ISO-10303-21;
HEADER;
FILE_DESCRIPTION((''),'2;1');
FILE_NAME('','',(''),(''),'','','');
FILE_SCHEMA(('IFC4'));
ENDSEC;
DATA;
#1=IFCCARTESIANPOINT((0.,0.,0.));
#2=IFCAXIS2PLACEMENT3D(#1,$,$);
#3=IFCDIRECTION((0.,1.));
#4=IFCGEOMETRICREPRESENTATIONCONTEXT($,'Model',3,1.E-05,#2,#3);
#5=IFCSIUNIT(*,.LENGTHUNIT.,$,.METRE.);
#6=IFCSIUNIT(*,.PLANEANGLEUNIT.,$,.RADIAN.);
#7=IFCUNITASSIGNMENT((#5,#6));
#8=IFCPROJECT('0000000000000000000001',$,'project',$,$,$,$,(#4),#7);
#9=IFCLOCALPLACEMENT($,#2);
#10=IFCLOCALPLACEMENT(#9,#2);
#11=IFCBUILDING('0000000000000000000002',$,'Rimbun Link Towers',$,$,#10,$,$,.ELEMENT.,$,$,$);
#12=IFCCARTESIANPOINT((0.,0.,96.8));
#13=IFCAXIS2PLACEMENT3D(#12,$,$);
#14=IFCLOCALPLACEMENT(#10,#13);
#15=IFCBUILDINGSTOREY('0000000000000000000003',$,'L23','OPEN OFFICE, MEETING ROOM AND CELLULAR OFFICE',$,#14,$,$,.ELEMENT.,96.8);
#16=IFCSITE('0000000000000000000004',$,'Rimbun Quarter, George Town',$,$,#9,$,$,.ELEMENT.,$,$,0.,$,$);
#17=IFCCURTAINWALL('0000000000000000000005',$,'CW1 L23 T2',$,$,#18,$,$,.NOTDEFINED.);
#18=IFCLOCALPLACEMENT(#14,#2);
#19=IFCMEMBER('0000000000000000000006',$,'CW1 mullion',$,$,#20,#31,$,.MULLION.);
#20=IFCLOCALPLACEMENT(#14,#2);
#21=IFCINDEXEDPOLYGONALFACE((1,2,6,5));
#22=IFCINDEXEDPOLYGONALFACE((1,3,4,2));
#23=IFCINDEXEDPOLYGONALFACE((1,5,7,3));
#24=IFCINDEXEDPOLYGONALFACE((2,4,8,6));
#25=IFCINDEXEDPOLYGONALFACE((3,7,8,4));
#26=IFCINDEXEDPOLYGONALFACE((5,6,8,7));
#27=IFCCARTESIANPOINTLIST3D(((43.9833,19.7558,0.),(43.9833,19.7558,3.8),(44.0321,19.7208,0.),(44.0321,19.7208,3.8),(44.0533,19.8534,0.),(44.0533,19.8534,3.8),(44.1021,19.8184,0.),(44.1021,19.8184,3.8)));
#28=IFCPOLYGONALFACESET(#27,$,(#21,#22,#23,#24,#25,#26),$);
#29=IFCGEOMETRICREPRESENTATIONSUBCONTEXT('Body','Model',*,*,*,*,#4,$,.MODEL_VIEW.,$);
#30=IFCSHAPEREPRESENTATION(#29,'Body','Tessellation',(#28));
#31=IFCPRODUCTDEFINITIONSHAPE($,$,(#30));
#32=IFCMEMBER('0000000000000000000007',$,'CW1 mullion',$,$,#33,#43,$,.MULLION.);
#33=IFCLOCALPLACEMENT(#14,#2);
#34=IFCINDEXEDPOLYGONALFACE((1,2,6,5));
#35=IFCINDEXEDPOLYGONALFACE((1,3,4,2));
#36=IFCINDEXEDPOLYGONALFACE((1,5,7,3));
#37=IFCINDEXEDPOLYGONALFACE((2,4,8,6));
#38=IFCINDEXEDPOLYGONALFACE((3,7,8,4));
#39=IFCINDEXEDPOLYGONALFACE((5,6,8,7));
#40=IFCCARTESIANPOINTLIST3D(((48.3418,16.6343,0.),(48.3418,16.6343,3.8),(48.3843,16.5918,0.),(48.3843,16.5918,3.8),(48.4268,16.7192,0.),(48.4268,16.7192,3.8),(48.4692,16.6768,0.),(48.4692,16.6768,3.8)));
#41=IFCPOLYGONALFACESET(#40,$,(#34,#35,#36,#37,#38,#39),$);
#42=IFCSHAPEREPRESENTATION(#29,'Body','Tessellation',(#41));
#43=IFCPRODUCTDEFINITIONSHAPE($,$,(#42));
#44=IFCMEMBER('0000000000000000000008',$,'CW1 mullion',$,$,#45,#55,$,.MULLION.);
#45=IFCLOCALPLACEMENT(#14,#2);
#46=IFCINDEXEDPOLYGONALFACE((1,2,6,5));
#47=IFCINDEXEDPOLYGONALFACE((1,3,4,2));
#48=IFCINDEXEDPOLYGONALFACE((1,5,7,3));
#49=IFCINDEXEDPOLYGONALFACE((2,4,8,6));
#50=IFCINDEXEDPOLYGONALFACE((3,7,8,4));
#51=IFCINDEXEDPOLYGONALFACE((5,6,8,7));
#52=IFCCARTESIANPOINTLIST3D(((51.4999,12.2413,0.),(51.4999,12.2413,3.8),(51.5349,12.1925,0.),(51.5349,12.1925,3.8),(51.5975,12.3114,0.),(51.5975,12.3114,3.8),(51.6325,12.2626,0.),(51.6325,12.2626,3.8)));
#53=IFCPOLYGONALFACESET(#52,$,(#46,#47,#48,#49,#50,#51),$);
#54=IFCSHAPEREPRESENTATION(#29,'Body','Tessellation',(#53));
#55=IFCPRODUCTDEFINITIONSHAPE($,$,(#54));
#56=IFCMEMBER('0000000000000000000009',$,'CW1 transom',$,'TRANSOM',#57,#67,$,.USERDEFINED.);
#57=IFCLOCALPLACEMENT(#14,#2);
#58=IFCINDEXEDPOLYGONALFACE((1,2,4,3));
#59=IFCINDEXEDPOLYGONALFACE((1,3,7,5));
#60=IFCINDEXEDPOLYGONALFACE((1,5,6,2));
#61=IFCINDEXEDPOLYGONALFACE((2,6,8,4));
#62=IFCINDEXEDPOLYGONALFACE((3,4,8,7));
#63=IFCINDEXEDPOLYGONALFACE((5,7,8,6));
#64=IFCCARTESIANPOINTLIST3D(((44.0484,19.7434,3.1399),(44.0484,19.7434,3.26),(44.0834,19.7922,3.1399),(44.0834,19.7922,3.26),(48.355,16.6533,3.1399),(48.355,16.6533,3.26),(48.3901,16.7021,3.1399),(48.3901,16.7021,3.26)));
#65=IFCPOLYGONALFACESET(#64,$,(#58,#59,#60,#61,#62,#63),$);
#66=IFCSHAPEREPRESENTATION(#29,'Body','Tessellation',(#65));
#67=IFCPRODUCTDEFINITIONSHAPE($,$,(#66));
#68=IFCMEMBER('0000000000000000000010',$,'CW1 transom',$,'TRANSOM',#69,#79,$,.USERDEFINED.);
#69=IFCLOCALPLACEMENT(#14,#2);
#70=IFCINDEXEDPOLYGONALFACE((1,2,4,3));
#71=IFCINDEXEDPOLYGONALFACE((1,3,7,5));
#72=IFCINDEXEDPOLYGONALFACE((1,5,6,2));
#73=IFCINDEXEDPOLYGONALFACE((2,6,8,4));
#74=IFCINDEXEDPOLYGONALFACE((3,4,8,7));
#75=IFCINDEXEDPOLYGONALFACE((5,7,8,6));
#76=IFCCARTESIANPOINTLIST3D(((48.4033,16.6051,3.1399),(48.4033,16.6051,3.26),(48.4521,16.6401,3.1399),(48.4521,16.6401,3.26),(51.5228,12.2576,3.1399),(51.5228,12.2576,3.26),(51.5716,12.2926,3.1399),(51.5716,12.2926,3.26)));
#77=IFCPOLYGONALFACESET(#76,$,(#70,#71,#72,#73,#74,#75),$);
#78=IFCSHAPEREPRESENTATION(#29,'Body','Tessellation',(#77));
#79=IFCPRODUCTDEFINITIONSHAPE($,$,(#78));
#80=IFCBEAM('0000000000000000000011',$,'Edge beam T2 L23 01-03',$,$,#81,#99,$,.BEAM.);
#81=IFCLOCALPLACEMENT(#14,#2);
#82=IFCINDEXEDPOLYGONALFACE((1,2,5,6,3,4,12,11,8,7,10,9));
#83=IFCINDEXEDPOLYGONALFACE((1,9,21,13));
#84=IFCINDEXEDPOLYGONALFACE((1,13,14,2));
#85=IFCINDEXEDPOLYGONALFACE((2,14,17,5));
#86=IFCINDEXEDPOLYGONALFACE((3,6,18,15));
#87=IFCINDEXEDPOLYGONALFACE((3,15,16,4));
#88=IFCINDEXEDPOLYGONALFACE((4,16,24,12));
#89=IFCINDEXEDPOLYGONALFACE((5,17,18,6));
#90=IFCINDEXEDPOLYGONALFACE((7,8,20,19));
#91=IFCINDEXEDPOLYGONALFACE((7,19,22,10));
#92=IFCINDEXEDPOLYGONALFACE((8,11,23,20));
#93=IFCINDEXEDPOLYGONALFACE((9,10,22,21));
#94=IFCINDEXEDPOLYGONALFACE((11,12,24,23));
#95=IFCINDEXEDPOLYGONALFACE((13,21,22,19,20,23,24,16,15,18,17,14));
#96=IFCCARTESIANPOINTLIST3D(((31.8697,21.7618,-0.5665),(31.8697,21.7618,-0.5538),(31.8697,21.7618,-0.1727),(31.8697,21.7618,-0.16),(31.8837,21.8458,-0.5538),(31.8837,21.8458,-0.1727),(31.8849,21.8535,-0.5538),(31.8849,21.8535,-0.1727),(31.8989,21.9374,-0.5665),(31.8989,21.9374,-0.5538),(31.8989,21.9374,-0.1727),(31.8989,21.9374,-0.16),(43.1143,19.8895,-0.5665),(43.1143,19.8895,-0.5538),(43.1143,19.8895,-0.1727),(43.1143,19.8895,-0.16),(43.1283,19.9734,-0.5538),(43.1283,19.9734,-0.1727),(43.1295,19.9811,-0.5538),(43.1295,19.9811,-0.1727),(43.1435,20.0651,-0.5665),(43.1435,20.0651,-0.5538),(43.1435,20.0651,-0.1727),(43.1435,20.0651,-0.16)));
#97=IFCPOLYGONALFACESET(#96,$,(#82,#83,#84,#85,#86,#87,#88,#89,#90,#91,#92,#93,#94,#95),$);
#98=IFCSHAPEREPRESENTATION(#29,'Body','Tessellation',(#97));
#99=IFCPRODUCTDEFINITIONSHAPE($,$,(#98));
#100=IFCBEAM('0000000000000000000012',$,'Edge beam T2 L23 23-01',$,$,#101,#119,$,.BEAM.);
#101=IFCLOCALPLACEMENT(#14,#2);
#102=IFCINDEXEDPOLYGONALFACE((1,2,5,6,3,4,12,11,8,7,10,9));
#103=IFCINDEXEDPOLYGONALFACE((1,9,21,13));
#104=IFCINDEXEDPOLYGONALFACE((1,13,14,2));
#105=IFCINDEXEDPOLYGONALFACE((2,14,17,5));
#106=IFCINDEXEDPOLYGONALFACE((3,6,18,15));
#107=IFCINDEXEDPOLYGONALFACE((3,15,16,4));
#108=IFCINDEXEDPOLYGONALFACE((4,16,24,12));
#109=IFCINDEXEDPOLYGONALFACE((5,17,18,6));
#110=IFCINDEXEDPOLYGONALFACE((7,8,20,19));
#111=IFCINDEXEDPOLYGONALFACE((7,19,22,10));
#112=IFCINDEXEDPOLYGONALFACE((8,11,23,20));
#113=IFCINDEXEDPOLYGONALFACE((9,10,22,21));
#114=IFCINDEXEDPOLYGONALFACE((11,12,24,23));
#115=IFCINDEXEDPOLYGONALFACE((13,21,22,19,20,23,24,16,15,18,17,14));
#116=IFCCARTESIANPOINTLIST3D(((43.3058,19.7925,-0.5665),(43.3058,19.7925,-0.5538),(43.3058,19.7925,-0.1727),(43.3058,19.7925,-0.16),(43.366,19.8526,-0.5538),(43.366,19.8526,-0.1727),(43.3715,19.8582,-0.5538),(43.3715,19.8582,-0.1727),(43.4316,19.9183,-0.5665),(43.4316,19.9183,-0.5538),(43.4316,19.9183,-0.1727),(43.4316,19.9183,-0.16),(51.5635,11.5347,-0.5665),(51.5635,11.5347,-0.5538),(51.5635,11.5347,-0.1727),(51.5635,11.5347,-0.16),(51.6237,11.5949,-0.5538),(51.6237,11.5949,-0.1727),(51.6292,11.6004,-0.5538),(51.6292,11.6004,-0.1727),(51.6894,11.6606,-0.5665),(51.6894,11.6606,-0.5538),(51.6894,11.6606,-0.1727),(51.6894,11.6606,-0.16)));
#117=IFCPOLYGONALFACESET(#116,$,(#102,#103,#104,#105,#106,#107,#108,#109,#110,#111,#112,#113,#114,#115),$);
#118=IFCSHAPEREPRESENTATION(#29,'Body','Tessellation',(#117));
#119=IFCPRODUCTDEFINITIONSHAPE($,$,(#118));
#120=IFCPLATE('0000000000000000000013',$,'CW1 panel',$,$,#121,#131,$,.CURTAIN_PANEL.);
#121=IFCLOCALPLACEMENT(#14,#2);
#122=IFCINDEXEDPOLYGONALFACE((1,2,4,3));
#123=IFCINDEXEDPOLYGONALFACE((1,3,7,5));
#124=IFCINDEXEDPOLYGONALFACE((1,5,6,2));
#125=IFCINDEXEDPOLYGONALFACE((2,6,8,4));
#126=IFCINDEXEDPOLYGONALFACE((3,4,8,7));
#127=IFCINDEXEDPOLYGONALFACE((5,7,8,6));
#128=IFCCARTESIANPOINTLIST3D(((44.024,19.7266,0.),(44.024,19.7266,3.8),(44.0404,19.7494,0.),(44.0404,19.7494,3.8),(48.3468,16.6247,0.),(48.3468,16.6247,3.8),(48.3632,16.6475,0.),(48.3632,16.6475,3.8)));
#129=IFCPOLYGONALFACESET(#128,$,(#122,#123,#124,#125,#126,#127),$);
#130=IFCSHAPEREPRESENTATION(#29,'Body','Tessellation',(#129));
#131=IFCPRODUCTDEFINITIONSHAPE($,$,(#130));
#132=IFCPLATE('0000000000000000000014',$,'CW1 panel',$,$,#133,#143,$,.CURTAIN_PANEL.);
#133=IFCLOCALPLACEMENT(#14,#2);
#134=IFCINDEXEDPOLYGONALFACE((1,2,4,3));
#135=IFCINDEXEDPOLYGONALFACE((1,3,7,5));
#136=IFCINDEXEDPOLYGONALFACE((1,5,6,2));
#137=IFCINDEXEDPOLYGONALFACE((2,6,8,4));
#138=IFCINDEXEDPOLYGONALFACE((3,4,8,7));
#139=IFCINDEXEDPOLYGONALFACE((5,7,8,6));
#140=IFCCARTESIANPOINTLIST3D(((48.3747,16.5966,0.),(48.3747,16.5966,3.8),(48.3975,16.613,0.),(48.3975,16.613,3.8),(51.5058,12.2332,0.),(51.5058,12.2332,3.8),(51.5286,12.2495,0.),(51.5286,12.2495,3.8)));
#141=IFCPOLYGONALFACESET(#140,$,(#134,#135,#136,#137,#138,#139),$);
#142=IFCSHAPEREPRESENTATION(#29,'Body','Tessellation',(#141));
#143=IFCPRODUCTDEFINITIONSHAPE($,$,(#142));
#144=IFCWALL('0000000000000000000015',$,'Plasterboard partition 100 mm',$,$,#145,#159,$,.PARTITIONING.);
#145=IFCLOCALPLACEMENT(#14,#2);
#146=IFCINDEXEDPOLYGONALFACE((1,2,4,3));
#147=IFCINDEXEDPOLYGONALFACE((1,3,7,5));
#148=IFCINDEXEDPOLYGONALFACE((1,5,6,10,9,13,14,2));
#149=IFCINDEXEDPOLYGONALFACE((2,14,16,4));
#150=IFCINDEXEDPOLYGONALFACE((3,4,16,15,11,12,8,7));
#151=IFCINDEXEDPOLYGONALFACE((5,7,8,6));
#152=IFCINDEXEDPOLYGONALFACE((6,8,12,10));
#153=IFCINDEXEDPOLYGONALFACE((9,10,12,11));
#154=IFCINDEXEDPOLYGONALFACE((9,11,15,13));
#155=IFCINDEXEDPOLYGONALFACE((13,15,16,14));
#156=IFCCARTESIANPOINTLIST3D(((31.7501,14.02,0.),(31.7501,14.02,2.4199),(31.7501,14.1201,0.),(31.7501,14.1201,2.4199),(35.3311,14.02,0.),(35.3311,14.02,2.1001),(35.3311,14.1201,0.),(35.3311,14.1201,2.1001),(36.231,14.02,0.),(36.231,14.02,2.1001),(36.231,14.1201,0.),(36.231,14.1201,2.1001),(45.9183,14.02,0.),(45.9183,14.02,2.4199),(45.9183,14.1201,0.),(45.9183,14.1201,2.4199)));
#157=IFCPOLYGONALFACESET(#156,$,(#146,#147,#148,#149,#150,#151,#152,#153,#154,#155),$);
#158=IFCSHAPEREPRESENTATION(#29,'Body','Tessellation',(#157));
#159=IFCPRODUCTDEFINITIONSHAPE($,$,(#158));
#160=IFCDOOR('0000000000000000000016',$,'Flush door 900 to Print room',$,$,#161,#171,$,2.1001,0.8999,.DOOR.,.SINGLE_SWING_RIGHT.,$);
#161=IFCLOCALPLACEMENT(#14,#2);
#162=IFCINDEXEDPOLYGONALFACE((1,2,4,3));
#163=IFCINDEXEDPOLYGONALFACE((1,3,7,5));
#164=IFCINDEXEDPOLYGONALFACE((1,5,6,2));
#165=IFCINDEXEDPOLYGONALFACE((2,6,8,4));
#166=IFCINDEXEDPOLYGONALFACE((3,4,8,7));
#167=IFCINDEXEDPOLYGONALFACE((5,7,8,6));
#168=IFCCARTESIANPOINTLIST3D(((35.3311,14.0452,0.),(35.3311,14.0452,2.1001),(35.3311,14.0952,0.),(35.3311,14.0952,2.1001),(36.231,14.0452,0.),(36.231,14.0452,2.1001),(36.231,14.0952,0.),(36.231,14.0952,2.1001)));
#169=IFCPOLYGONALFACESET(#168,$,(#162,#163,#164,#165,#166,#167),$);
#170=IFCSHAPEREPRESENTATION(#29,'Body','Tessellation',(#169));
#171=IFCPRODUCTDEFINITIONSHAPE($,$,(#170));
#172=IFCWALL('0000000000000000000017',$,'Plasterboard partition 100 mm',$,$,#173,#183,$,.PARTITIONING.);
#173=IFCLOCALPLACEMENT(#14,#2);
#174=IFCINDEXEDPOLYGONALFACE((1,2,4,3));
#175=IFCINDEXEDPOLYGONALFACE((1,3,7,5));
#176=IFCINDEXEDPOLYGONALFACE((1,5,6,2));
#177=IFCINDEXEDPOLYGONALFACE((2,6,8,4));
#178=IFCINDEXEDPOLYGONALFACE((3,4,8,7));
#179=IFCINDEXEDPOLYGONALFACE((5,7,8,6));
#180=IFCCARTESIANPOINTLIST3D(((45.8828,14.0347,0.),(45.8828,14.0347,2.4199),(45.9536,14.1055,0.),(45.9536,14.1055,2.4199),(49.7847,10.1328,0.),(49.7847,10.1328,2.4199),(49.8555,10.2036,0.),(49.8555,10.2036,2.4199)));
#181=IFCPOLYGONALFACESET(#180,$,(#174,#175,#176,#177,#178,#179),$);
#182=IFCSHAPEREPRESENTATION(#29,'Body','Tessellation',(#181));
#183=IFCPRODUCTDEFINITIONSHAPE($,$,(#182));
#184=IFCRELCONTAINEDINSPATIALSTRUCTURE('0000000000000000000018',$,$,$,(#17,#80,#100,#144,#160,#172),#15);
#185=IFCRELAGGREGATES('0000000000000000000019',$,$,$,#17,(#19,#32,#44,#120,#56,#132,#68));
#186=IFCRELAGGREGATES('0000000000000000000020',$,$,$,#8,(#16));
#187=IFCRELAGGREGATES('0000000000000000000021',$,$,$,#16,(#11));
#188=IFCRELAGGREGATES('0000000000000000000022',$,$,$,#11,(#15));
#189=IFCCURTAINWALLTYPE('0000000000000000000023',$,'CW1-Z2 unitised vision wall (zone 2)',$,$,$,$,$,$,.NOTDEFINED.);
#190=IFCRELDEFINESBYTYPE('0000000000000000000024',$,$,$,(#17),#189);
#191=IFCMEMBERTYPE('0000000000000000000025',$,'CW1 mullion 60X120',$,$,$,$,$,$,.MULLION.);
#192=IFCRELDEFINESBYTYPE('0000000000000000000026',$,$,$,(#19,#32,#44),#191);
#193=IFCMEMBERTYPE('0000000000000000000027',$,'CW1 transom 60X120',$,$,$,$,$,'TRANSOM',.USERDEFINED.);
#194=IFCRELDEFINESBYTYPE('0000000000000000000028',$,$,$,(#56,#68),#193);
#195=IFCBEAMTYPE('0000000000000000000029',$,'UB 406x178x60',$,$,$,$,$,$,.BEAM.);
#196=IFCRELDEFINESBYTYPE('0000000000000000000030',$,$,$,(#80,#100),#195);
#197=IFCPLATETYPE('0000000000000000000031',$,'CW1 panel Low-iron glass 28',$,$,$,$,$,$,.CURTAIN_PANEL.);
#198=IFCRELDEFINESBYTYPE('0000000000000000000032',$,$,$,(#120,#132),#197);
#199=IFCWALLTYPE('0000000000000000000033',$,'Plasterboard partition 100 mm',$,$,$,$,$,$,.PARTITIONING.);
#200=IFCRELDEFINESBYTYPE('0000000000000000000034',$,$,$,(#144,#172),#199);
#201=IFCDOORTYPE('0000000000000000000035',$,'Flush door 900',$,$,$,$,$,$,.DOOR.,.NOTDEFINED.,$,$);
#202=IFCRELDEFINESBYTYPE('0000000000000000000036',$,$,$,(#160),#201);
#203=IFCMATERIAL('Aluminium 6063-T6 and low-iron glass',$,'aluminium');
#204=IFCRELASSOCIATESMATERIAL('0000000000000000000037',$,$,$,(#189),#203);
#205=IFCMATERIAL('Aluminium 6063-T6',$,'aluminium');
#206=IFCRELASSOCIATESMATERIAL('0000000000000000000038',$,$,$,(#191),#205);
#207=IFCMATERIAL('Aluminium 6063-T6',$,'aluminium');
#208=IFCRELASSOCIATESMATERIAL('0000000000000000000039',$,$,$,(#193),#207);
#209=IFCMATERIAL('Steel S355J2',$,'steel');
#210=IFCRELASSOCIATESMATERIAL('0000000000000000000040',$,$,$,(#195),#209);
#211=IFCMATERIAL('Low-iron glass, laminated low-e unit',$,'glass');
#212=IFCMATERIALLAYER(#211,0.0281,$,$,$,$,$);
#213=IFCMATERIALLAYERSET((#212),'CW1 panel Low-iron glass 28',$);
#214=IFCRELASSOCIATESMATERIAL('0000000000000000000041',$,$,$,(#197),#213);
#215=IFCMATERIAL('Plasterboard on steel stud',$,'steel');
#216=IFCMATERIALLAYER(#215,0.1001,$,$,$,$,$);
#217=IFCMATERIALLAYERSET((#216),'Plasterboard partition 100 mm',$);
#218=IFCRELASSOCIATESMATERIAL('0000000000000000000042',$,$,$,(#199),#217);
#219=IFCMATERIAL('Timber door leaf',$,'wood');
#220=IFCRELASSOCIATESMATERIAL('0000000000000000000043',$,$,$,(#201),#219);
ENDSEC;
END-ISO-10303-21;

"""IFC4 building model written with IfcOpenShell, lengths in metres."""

from ifc_helpers import new_model, si_unit, direction, frame, frame_2d, origin, origin_2d, place, context, subcontext, project, spatial, rectangle, i_section, extrude, material, layer, layer_set, material_profile, profile_set, type_object, element, fill, aggregate, save


model = new_model("IFC4")

# Units and contexts
model_context = context("Model", 3, precision=1e-05, world=origin(), true_north=direction((0.0, 1.0)))
body_context = subcontext(model_context, "Body", "Model", "MODEL_VIEW")
ifc_project = project(units=[si_unit("LENGTHUNIT", "METRE"), si_unit("PLANEANGLEUNIT", "RADIAN")], contexts=[model_context])

# Site, building, storey
site_placement = place(None, origin())
site = spatial("IfcSite", under=ifc_project, at=site_placement, Name="Rimbun Quarter, George Town", CompositionType="ELEMENT", RefElevation=0.0)
building_placement = place(site_placement, origin())
building = spatial("IfcBuilding", under=site, at=building_placement, Name="Rimbun Link Towers", CompositionType="ELEMENT")
storey_placement = place(building_placement, frame((0.0, 0.0, 96.8)))
storey = spatial("IfcBuildingStorey", under=building, at=storey_placement, Name="L23", Description="OPEN OFFICE, MEETING ROOM AND CELLULAR OFFICE", CompositionType="ELEMENT", Elevation=96.8)

# Curtain wall, members
ifc_material_1 = material(Name="Aluminium 6063-T6 and low-iron glass", Category="aluminium")
curtain_wall_type = type_object("IfcCurtainWallType", Name="CW1-Z2 unitised vision wall (zone 2)", PredefinedType="NOTDEFINED", material=ifc_material_1)
curtain_wall_placement = place(storey_placement, origin())
curtain_wall = element("IfcCurtainWall", 1, at=curtain_wall_placement, inside=storey, type_object=curtain_wall_type, Name="CW1 L23 T2", PredefinedType="NOTDEFINED")
ifc_material_2 = material(Name="Aluminium 6063-T6", Category="aluminium")
ifc_material_profile_1 = material_profile(ifc_material_2, rectangle(XDim=0.1201, YDim=0.0601, at=origin_2d()), Name="MULLION 60X120")
ifc_profile_set_1 = profile_set([ifc_material_profile_1], Name="Aluminium 6063-T6")
member_type_1 = type_object("IfcMemberType", Name="CW1 mullion 60X120", PredefinedType="MULLION", material=ifc_profile_set_1)
member_1_placement = place(storey_placement, frame((44.0427, 19.7871, 0.0), z_axis=(0.0, 0.0, 1.0), x_axis=(0.583002, 0.812471, 0.0)))
member_1 = element("IfcMember", 2, at=member_1_placement, type_object=member_type_1, Name="CW1 mullion", PredefinedType="MULLION", context=body_context, shape_type="SweptSolid", body=[
    extrude(rectangle(XDim=0.1201, YDim=0.0601, at=origin_2d()), origin(), (0.0, 0.0, 1.0), 3.8),
])
member_2_placement = place(storey_placement, frame((48.4055, 16.6555, 0.0), z_axis=(0.0, 0.0, 1.0), x_axis=(0.707107, 0.707107, 0.0)))
member_2 = element("IfcMember", 3, at=member_2_placement, type_object=member_type_1, Name="CW1 mullion", PredefinedType="MULLION", context=body_context, shape_type="SweptSolid", body=[
    extrude(rectangle(XDim=0.1201, YDim=0.0601, at=origin_2d()), origin(), (0.0, 0.0, 1.0), 3.8),
])
member_3_placement = place(storey_placement, frame((51.5662, 12.252, 0.0), z_axis=(0.0, 0.0, 1.0), x_axis=(0.812471, 0.583002, 0.0)))
member_3 = element("IfcMember", 4, at=member_3_placement, type_object=member_type_1, Name="CW1 mullion", PredefinedType="MULLION", context=body_context, shape_type="SweptSolid", body=[
    extrude(rectangle(XDim=0.1201, YDim=0.0601, at=origin_2d()), origin(), (0.0, 0.0, 1.0), 3.8),
])
ifc_material_3 = material(Name="Aluminium 6063-T6", Category="aluminium")
ifc_material_profile_2 = material_profile(ifc_material_3, rectangle(XDim=0.0601, YDim=0.1201, at=origin_2d()), Name="TRANSOM 60X120")
ifc_profile_set_2 = profile_set([ifc_material_profile_2], Name="Aluminium 6063-T6")
member_type_2 = type_object("IfcMemberType", Name="CW1 transom 60X120", ElementType="TRANSOM", PredefinedType="USERDEFINED", material=ifc_profile_set_2)
member_4_placement = place(storey_placement, frame((44.0659, 19.7678, 3.2), z_axis=(0.81249, -0.582975, 0.0), x_axis=(0.582975, 0.81249, 0.0)))
member_4 = element("IfcMember", 5, at=member_4_placement, type_object=member_type_2, Name="CW1 transom", ObjectType="TRANSOM", PredefinedType="USERDEFINED", context=body_context, shape_type="SweptSolid", body=[
    extrude(rectangle(XDim=0.0601, YDim=0.1201, at=origin_2d()), origin(), (0.0, 0.0, 1.0), 5.3005),
])
member_5_placement = place(storey_placement, frame((48.4277, 16.6226, 3.2), z_axis=(0.582981, -0.812486, 0.0), x_axis=(0.812486, 0.582981, 0.0)))
member_5 = element("IfcMember", 6, at=member_5_placement, type_object=member_type_2, Name="CW1 transom", ObjectType="TRANSOM", PredefinedType="USERDEFINED", context=body_context, shape_type="SweptSolid", body=[
    extrude(rectangle(XDim=0.0601, YDim=0.1201, at=origin_2d()), origin(), (0.0, 0.0, 1.0), 5.3508),
])

# Beams
ifc_material_4 = material(Name="Steel S355J2", Category="steel")
ifc_material_profile_3 = material_profile(ifc_material_4, i_section(OverallWidth=0.178, OverallDepth=0.4065, WebThickness=0.0078, FlangeThickness=0.0127, at=origin_2d()), Name="UB 406x178x60")
ifc_profile_set_3 = profile_set([ifc_material_profile_3], Name="Steel S355J2")
beam_type = type_object("IfcBeamType", Name="UB 406x178x60", PredefinedType="BEAM", material=ifc_profile_set_3)
beam_1_placement = place(storey_placement, frame((43.1289, 19.9773, -0.3633), z_axis=(-0.986419, 0.164246, 0.0), x_axis=(-0.164246, -0.986419, 0.0)))
element("IfcBeam", 7, at=beam_1_placement, inside=storey, type_object=beam_type, Name="Edge beam T2 L23 01-03", PredefinedType="BEAM", context=body_context, shape_type="SweptSolid", body=[
    extrude(i_section(OverallWidth=0.178, OverallDepth=0.4065, WebThickness=0.0078, FlangeThickness=0.0127, at=origin_2d()), origin(), (0.0, 0.0, 1.0), 11.3994),
])
beam_2_placement = place(storey_placement, frame((51.6265, 11.5977, -0.3633), z_axis=(-0.707107, 0.707107, 0.0), x_axis=(-0.707107, -0.707107, 0.0)))
element("IfcBeam", 8, at=beam_2_placement, inside=storey, type_object=beam_type, Name="Edge beam T2 L23 23-01", PredefinedType="BEAM", context=body_context, shape_type="SweptSolid", body=[
    extrude(i_section(OverallWidth=0.178, OverallDepth=0.4065, WebThickness=0.0078, FlangeThickness=0.0127, at=origin_2d()), origin(), (0.0, 0.0, 1.0), 11.6782),
])

# Plates
ifc_material_5 = material(Name="Low-iron glass, laminated low-e unit", Category="glass")
ifc_layer_1 = layer(ifc_material_5, 0.0281)
ifc_layer_set_1 = layer_set([ifc_layer_1], Name="CW1 panel Low-iron glass 28")
plate_type = type_object("IfcPlateType", Name="CW1 panel Low-iron glass 28", PredefinedType="CURTAIN_PANEL", material=ifc_layer_set_1)
plate_1_placement = place(storey_placement, frame((46.1936, 18.187, 0.0), z_axis=(0.0, 0.0, 1.0), x_axis=(0.812471, -0.583002, 0.0)))
plate_1 = element("IfcPlate", 9, at=plate_1_placement, type_object=plate_type, Name="CW1 panel", PredefinedType="CURTAIN_PANEL", context=body_context, shape_type="SweptSolid", body=[
    extrude(rectangle(XDim=5.3206, YDim=0.0281, at=origin_2d()), origin(), (0.0, 0.0, 1.0), 3.8),
])
plate_2_placement = place(storey_placement, frame((49.9517, 14.4231, 0.0), z_axis=(0.0, 0.0, 1.0), x_axis=(0.583002, -0.812471, 0.0)))
plate_2 = element("IfcPlate", 10, at=plate_2_placement, type_object=plate_type, Name="CW1 panel", PredefinedType="CURTAIN_PANEL", context=body_context, shape_type="SweptSolid", body=[
    extrude(rectangle(XDim=5.3706, YDim=0.0281, at=origin_2d()), origin(), (0.0, 0.0, 1.0), 3.8),
])
aggregate(curtain_wall, [member_1, member_2, member_3, plate_1, member_4, plate_2, member_5])

# Wall, opening, door
ifc_material_6 = material(Name="Plasterboard on steel stud", Category="steel")
ifc_layer_2 = layer(ifc_material_6, 0.1001)
ifc_layer_set_2 = layer_set([ifc_layer_2], Name="Plasterboard partition 100 mm")
wall_type = type_object("IfcWallType", Name="Plasterboard partition 100 mm", PredefinedType="PARTITIONING", material=ifc_layer_set_2)
wall_1_placement = place(storey_placement, frame((45.9182, 14.0701, 0.0), z_axis=(0.0, 0.0, 1.0), x_axis=(-1.0, 0.0, 0.0)))
wall_1 = element("IfcWall", 11, at=wall_1_placement, inside=storey, type_object=wall_type, Name="Plasterboard partition 100 mm", PredefinedType="PARTITIONING", context=body_context, shape_type="SweptSolid", body=[
    extrude(rectangle(XDim=14.1682, YDim=0.1001, at=frame_2d((7.084, 0.0))), origin(), (0.0, 0.0, 1.0), 2.4199),
])
opening_placement = place(wall_1_placement, frame((9.6873, 0.0, 0.0)))
opening = element("IfcOpeningElement", 12, at=opening_placement, cuts=wall_1, PredefinedType="OPENING", context=body_context, shape_type="SweptSolid", body=[
    extrude(rectangle(XDim=0.8999, YDim=2.1001, at=frame_2d((0.45, 1.05))), frame((0.0, 0.0601, 0.0), z_axis=(0.0, -1.0, 0.0), x_axis=(1.0, 0.0, 0.0)), (0.0, 0.0, 1.0), 0.1201),
])
ifc_material_7 = material(Name="Timber door leaf", Category="wood")
door_type = type_object("IfcDoorType", Name="Flush door 900", OperationType="NOTDEFINED", PredefinedType="DOOR", material=ifc_material_7)
door_placement = place(opening_placement, origin())
door = element("IfcDoor", 13, at=door_placement, inside=storey, type_object=door_type, Name="Flush door 900 to Print room", OperationType="SINGLE_SWING_RIGHT", OverallHeight=2.1001, OverallWidth=0.8999, PredefinedType="DOOR", context=body_context, shape_type="SweptSolid", body=[
    extrude(rectangle(XDim=0.8999, YDim=2.1001, at=frame_2d((0.45, 1.05))), frame((0.0, 0.0249, 0.0), z_axis=(0.0, -1.0, 0.0), x_axis=(1.0, 0.0, 0.0)), (0.0, 0.0, 1.0), 0.05),
])
fill(opening, door)

# Wall
wall_2_placement = place(storey_placement, frame((49.8201, 10.1682, 0.0), z_axis=(0.0, 0.0, 1.0), x_axis=(-0.707107, 0.707107, 0.0)))
element("IfcWall", 14, at=wall_2_placement, inside=storey, type_object=wall_type, Name="Plasterboard partition 100 mm", PredefinedType="PARTITIONING", context=body_context, shape_type="SweptSolid", body=[
    extrude(rectangle(XDim=5.5181, YDim=0.1001, at=frame_2d((2.759, 0.0))), origin(), (0.0, 0.0, 1.0), 2.4199),
])

save(model, "model.ifc")
